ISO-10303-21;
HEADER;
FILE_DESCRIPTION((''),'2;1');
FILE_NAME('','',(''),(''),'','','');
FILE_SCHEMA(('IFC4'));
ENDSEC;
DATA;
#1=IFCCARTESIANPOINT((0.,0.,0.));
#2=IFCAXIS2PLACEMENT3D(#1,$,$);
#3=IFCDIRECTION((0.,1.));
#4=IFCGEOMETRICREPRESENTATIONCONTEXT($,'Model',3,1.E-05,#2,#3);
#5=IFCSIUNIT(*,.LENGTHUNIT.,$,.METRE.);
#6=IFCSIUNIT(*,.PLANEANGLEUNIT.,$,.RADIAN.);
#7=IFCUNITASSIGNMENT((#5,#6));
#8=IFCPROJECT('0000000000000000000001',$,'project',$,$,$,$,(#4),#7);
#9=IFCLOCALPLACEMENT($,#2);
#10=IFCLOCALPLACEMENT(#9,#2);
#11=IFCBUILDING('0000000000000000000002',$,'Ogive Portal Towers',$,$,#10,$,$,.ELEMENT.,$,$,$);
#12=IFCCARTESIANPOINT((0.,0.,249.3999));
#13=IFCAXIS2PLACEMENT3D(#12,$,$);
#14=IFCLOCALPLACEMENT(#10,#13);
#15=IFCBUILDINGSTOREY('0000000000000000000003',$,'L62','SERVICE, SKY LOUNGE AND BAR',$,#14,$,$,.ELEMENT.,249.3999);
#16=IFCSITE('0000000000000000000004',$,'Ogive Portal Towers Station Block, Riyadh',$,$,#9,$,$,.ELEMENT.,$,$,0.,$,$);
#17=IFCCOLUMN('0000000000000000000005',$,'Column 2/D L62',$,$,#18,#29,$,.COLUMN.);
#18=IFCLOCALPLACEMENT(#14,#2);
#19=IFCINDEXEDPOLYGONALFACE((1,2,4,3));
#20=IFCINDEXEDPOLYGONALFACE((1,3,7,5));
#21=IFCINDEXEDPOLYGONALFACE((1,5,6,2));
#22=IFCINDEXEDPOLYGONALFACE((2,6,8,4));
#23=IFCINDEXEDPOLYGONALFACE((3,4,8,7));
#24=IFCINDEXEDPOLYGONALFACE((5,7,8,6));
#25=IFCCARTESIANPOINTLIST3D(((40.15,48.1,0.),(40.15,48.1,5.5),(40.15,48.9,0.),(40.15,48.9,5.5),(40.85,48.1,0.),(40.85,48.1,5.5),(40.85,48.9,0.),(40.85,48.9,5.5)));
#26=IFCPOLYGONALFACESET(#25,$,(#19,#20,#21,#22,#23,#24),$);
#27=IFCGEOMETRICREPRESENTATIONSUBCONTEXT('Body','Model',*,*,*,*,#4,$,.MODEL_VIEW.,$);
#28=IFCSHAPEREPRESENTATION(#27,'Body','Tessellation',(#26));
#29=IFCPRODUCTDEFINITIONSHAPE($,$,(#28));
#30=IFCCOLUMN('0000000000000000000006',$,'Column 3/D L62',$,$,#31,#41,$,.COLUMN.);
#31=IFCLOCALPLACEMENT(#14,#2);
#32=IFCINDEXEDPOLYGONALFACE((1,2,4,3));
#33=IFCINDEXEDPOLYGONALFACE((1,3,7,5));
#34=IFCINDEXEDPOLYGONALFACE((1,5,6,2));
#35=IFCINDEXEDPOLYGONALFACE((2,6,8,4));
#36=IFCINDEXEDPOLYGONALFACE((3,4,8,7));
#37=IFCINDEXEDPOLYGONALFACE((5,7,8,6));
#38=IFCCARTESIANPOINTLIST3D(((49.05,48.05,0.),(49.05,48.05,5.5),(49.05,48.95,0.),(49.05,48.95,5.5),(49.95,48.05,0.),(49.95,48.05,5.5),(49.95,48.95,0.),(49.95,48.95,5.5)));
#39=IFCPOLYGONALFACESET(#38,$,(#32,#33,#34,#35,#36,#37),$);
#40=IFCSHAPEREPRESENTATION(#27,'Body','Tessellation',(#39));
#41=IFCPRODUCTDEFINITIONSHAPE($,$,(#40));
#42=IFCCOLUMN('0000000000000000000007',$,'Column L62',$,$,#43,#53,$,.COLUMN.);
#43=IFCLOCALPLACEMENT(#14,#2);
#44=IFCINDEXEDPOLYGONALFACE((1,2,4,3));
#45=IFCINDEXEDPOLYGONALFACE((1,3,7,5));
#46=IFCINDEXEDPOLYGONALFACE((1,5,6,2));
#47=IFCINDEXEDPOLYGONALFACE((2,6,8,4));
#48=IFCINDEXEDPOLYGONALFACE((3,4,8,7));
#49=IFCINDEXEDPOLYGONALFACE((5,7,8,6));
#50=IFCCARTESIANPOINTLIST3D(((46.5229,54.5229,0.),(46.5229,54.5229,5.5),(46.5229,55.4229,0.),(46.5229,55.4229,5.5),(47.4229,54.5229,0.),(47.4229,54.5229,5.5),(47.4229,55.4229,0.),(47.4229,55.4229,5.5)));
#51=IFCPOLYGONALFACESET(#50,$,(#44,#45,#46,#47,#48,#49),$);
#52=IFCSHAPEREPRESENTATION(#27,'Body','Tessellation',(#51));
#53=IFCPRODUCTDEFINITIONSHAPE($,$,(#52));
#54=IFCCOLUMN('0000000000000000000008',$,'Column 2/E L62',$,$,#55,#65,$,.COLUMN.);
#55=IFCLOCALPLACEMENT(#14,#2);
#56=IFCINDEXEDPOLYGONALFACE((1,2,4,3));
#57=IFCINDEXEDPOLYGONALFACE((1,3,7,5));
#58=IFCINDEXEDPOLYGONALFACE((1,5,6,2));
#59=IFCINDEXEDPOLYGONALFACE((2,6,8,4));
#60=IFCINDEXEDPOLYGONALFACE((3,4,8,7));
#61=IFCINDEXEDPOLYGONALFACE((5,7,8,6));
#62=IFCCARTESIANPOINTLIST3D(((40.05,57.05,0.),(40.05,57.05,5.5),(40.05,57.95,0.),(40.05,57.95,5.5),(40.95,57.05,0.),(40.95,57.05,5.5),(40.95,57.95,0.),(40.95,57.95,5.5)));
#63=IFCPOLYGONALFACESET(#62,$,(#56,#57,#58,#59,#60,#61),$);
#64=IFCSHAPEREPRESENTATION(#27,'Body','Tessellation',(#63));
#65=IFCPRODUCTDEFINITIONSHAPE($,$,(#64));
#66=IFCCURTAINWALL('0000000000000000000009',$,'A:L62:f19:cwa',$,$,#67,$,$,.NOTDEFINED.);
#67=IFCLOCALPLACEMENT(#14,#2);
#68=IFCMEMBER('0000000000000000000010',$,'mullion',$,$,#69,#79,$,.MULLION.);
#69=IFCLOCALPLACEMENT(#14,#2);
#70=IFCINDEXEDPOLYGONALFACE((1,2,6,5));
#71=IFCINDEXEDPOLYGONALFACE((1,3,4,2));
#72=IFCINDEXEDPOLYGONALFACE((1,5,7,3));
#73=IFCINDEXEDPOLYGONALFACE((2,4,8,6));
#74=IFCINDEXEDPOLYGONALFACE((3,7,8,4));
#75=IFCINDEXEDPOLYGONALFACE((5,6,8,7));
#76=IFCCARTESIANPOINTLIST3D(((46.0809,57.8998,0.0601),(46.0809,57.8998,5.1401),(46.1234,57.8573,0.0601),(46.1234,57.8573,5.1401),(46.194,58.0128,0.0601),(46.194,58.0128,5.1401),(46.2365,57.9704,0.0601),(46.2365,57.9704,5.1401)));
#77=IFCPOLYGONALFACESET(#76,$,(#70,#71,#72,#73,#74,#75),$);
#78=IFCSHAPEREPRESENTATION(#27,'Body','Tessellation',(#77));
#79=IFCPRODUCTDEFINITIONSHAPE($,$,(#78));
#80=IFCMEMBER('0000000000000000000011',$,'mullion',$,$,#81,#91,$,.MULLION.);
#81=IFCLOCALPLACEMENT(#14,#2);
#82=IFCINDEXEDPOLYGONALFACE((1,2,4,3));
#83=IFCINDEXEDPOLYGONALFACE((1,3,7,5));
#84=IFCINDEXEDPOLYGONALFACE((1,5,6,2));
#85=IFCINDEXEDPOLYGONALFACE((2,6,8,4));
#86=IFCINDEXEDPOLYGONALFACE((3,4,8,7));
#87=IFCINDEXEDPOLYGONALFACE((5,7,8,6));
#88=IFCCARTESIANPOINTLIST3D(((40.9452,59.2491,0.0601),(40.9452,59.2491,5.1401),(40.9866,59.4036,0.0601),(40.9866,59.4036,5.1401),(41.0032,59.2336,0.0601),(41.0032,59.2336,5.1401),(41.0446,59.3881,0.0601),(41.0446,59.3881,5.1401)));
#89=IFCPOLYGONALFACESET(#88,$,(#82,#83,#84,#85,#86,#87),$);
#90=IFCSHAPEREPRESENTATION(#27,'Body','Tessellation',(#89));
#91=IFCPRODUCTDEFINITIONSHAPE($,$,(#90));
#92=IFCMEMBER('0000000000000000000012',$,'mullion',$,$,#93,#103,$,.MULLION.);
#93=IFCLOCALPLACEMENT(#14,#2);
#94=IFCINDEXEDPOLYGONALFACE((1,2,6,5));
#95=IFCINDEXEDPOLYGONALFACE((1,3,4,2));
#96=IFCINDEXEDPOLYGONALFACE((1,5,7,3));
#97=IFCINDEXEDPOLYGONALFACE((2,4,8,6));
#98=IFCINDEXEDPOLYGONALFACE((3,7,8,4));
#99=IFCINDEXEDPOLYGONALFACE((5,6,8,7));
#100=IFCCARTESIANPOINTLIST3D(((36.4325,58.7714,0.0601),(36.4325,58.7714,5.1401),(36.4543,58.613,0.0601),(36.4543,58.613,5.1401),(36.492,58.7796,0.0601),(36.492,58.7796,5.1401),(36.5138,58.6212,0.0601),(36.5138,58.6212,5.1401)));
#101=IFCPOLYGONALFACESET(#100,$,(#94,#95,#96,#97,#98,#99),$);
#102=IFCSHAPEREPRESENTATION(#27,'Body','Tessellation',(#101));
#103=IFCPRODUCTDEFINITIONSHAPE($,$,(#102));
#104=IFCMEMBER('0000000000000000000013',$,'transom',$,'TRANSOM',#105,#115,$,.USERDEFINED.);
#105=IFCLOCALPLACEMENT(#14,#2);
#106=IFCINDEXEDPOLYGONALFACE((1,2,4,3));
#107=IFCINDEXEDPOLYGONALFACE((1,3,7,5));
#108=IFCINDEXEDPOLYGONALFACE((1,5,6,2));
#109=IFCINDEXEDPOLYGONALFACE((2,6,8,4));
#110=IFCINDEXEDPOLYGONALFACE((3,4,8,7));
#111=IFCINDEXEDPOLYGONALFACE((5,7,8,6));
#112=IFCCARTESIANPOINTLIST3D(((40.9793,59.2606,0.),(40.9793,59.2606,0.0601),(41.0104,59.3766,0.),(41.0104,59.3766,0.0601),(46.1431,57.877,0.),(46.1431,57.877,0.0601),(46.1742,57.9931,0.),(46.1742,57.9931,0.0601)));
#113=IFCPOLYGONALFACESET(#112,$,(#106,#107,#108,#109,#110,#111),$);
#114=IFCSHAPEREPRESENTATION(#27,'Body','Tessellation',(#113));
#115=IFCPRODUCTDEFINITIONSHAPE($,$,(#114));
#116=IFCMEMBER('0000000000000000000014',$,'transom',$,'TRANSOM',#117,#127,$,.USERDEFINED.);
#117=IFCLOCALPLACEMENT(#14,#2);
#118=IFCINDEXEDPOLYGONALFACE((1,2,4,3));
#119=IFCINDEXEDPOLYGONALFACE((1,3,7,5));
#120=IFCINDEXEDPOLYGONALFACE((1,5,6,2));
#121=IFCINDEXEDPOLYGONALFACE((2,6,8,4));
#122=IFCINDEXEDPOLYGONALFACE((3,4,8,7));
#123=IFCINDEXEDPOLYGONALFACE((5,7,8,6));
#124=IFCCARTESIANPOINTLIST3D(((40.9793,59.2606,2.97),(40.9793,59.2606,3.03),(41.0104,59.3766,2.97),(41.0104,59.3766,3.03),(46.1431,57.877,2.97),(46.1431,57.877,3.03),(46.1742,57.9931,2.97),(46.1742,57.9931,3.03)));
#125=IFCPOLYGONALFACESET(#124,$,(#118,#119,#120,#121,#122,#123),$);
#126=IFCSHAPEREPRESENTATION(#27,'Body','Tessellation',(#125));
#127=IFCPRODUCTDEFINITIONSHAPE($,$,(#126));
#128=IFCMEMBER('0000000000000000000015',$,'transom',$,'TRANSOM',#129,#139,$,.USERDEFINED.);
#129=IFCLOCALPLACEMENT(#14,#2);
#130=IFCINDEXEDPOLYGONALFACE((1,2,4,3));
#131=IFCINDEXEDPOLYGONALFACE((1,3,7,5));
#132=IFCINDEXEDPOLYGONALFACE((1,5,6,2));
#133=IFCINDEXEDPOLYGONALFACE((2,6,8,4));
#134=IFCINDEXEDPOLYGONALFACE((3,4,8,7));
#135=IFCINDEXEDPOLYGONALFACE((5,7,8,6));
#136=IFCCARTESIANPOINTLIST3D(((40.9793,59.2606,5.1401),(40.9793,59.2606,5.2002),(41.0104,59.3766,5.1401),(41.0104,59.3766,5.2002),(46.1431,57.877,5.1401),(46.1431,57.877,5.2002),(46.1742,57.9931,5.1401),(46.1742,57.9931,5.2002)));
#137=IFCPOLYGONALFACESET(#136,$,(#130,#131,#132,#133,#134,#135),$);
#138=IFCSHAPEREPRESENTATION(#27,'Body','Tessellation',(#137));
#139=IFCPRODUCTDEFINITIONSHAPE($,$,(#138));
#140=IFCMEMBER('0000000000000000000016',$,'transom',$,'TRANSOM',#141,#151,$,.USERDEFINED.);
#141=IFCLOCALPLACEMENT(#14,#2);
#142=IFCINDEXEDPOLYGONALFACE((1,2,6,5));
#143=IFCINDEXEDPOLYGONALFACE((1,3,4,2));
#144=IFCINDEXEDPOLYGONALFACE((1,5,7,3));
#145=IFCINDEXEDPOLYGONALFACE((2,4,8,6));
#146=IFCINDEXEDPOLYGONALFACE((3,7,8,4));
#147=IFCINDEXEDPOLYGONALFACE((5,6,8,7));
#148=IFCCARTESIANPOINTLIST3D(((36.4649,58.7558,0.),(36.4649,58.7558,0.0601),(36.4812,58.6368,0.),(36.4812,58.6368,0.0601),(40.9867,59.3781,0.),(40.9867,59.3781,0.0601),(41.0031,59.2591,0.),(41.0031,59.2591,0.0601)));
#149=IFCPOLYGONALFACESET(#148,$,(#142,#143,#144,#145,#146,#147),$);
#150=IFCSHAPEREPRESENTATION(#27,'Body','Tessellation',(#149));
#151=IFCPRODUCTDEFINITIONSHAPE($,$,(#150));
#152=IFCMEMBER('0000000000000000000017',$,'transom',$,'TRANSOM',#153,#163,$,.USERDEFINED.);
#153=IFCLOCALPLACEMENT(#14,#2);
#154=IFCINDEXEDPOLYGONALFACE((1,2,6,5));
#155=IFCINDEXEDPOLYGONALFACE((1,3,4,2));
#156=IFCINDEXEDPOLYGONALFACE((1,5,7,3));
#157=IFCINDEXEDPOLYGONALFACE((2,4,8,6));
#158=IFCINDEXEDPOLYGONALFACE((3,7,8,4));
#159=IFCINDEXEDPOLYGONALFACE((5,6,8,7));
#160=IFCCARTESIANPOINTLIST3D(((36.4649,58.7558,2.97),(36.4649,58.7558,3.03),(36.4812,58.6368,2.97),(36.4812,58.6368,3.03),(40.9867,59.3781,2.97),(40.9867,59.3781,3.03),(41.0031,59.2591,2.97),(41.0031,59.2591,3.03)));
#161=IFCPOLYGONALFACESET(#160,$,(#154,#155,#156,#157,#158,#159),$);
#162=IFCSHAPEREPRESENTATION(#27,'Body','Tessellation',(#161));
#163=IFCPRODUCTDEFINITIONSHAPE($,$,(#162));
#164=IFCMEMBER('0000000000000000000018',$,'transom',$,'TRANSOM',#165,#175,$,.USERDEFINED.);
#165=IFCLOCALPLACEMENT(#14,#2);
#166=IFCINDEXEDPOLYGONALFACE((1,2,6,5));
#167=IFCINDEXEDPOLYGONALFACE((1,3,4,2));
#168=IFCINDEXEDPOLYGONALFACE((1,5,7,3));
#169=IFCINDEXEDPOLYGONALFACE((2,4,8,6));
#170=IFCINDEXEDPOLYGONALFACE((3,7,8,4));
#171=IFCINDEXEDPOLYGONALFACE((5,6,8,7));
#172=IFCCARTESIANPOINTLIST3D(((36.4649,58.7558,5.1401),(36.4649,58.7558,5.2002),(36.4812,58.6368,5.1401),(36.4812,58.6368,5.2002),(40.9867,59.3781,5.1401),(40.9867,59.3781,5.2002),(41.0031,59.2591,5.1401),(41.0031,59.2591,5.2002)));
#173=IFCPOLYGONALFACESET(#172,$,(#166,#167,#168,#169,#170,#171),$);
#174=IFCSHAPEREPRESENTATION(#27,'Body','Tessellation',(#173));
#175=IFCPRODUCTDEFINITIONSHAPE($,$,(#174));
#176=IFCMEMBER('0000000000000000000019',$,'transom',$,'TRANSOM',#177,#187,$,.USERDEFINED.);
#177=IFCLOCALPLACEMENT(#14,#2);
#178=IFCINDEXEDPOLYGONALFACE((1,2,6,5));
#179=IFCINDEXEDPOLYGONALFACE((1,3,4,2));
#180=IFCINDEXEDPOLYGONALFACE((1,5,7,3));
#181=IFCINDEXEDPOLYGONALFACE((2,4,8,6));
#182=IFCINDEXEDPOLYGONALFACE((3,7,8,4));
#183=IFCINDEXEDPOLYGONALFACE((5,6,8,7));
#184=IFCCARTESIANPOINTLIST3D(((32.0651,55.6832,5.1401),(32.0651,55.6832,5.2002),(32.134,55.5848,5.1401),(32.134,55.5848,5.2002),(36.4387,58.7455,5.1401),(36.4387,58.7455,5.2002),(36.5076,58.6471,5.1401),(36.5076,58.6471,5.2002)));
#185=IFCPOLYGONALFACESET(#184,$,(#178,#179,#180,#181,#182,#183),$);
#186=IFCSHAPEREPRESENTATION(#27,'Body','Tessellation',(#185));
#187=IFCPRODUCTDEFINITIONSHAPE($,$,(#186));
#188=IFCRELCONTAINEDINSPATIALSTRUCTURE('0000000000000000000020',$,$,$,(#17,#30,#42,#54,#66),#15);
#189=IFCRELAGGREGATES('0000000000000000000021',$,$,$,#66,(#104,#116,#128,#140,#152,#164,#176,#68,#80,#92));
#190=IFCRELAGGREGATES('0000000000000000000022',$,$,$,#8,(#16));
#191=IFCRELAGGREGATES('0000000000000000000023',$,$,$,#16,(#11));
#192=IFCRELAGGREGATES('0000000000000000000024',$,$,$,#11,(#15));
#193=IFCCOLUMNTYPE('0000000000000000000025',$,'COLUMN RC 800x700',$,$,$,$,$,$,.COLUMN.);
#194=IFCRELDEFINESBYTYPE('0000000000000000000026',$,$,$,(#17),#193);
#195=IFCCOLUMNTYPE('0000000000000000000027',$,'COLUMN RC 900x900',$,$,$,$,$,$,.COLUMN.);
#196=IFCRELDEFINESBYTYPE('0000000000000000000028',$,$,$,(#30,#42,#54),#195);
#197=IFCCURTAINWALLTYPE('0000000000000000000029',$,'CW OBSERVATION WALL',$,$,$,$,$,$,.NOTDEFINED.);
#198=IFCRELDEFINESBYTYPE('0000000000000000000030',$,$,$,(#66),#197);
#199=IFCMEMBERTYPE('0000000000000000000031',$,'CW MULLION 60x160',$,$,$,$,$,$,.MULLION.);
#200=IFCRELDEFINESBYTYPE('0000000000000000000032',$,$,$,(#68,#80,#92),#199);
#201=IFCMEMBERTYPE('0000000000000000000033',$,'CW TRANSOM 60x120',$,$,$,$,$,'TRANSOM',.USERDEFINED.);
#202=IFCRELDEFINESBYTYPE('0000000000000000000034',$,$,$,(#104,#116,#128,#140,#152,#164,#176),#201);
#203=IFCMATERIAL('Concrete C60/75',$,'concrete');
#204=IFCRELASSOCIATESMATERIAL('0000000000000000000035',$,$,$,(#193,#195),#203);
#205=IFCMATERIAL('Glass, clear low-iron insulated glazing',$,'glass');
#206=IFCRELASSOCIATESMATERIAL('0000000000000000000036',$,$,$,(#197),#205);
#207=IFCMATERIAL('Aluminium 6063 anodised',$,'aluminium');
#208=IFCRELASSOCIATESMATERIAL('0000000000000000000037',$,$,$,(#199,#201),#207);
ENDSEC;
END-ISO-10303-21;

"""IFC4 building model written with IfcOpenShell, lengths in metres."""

from ifc_helpers import new_model, si_unit, direction, frame, origin, origin_2d, place, context, subcontext, project, spatial, rectangle, extrude, material, material_profile, profile_set, type_object, element, aggregate, save


model = new_model("IFC4")

# Units and contexts
model_context = context("Model", 3, precision=1e-05, world=origin(), true_north=direction((0.0, 1.0)))
body_context = subcontext(model_context, "Body", "Model", "MODEL_VIEW")
ifc_project = project(units=[si_unit("LENGTHUNIT", "METRE"), si_unit("PLANEANGLEUNIT", "RADIAN")], contexts=[model_context])

# Site, building, storey
site_placement = place(None, origin())
site = spatial("IfcSite", under=ifc_project, at=site_placement, Name="Ogive Portal Towers Station Block, Riyadh", CompositionType="ELEMENT", RefElevation=0.0)
building_placement = place(site_placement, origin())
building = spatial("IfcBuilding", under=site, at=building_placement, Name="Ogive Portal Towers", CompositionType="ELEMENT")
storey_placement = place(building_placement, frame((0.0, 0.0, 249.3999)))
storey = spatial("IfcBuildingStorey", under=building, at=storey_placement, Name="L62", Description="SERVICE, SKY LOUNGE AND BAR", CompositionType="ELEMENT", Elevation=249.3999)

# Columns
ifc_material_1 = material(Name="Concrete C60/75", Category="concrete")
ifc_material_profile_1 = material_profile(ifc_material_1, rectangle(XDim=0.8, YDim=0.7, at=origin_2d()), Name="RC 800x700")
ifc_profile_set_1 = profile_set([ifc_material_profile_1], Name="Concrete C60/75")
column_type_1 = type_object("IfcColumnType", Name="COLUMN RC 800x700", PredefinedType="COLUMN", material=ifc_profile_set_1)
column_placement = place(storey_placement, frame((40.5, 48.5, 0.0), z_axis=(0.0, 0.0, 1.0), x_axis=(0.0, 1.0, 0.0)))
element("IfcColumn", 1, at=column_placement, inside=storey, type_object=column_type_1, Name="Column 2/D L62", PredefinedType="COLUMN", context=body_context, shape_type="SweptSolid", body=[
    extrude(rectangle(XDim=0.8, YDim=0.7, at=origin_2d()), origin(), (0.0, 0.0, 1.0), 5.5),
])
ifc_material_profile_2 = material_profile(ifc_material_1, rectangle(XDim=0.8999, YDim=0.8999, at=origin_2d()), Name="RC 900x900")
ifc_profile_set_2 = profile_set([ifc_material_profile_2], Name="Concrete C60/75")
column_type_2 = type_object("IfcColumnType", Name="COLUMN RC 900x900", PredefinedType="COLUMN", material=ifc_profile_set_2)
for number, where, z_axis, x_axis, name in (
    (2, (49.5, 48.5, 0.0), (0.0, 0.0, 1.0), (1.0, 0.0, 0.0), "Column 3/D L62"),
    (3, (46.9729, 54.9729, 0.0), (0.0, 0.0, 1.0), (1.0, 0.0, 0.0), "Column L62"),
    (4, (40.5, 57.5, 0.0), (0.0, 0.0, 1.0), (1.0, 0.0, 0.0), "Column 2/E L62"),
):
    element("IfcColumn", number, at=place(storey_placement, frame(where, z_axis=z_axis, x_axis=x_axis)), inside=storey, type_object=column_type_2, Name=name, PredefinedType="COLUMN", context=body_context, shape_type="SweptSolid", body=[
        extrude(rectangle(XDim=0.8999, YDim=0.8999, at=origin_2d()), origin(), (0.0, 0.0, 1.0), 5.5),
    ])

# Curtain wall, members
ifc_material_2 = material(Name="Glass, clear low-iron insulated glazing", Category="glass")
curtain_wall_type = type_object("IfcCurtainWallType", Name="CW OBSERVATION WALL", PredefinedType="NOTDEFINED", material=ifc_material_2)
curtain_wall_placement = place(storey_placement, origin())
curtain_wall = element("IfcCurtainWall", 5, at=curtain_wall_placement, inside=storey, type_object=curtain_wall_type, Name="A:L62:f19:cwa", PredefinedType="NOTDEFINED")
ifc_material_3 = material(Name="Aluminium 6063 anodised", Category="aluminium")
ifc_material_profile_3 = material_profile(ifc_material_3, rectangle(XDim=0.1599, YDim=0.0601, at=origin_2d()), Name="AL 60x160")
ifc_profile_set_3 = profile_set([ifc_material_profile_3], Name="Aluminium 6063 anodised")
member_type_1 = type_object("IfcMemberType", Name="CW MULLION 60x160", PredefinedType="MULLION", material=ifc_profile_set_3)
member_1_placement = place(storey_placement, frame((46.1587, 57.9351, 0.0601), z_axis=(0.0, 0.0, 1.0), x_axis=(-0.707107, -0.707107, 0.0)))
member_1 = element("IfcMember", 6, at=member_1_placement, type_object=member_type_1, Name="mullion", PredefinedType="MULLION", context=body_context, shape_type="SweptSolid", body=[
    extrude(rectangle(XDim=0.1599, YDim=0.0601, at=origin_2d()), origin(), (0.0, 0.0, 1.0), 5.0801),
])
member_2_placement = place(storey_placement, frame((40.9949, 59.3186, 0.0601), z_axis=(0.0, 0.0, 1.0), x_axis=(-0.258819, -0.965926, 0.0)))
member_2 = element("IfcMember", 7, at=member_2_placement, type_object=member_type_1, Name="mullion", PredefinedType="MULLION", context=body_context, shape_type="SweptSolid", body=[
    extrude(rectangle(XDim=0.1599, YDim=0.0601, at=origin_2d()), origin(), (0.0, 0.0, 1.0), 5.0801),
])
member_3_placement = place(storey_placement, frame((36.4731, 58.6963, 0.0601), z_axis=(0.0, 0.0, 1.0), x_axis=(0.136348, -0.990661, 0.0)))
member_3 = element("IfcMember", 8, at=member_3_placement, type_object=member_type_1, Name="mullion", PredefinedType="MULLION", context=body_context, shape_type="SweptSolid", body=[
    extrude(rectangle(XDim=0.1599, YDim=0.0601, at=origin_2d()), origin(), (0.0, 0.0, 1.0), 5.0801),
])
ifc_material_profile_4 = material_profile(ifc_material_3, rectangle(XDim=0.1201, YDim=0.0601, at=origin_2d()), Name="AL 120x60")
ifc_profile_set_4 = profile_set([ifc_material_profile_4], Name="Aluminium 6063 anodised")
member_type_2 = type_object("IfcMemberType", Name="CW TRANSOM 60x120", ElementType="TRANSOM", PredefinedType="USERDEFINED", material=ifc_profile_set_4)
member_4_placement = place(storey_placement, frame((46.1587, 57.9351, 0.03), z_axis=(-0.96593, 0.258802, 0.0), x_axis=(-0.258802, -0.96593, 0.0)))
member_4 = element("IfcMember", 9, at=member_4_placement, type_object=member_type_2, Name="transom", ObjectType="TRANSOM", PredefinedType="USERDEFINED", context=body_context, shape_type="SweptSolid", body=[
    extrude(rectangle(XDim=0.1201, YDim=0.0601, at=origin_2d()), origin(), (0.0, 0.0, 1.0), 5.3459),
])
member_5_placement = place(storey_placement, frame((46.1587, 57.9351, 3.0), z_axis=(-0.96593, 0.258802, 0.0), x_axis=(-0.258802, -0.96593, 0.0)))
member_5 = element("IfcMember", 10, at=member_5_placement, type_object=member_type_2, Name="transom", ObjectType="TRANSOM", PredefinedType="USERDEFINED", context=body_context, shape_type="SweptSolid", body=[
    extrude(rectangle(XDim=0.1201, YDim=0.0601, at=origin_2d()), origin(), (0.0, 0.0, 1.0), 5.3459),
])
member_6_placement = place(storey_placement, frame((46.1587, 57.9351, 5.1702), z_axis=(-0.96593, 0.258802, 0.0), x_axis=(-0.258802, -0.96593, 0.0)))
member_6 = element("IfcMember", 11, at=member_6_placement, type_object=member_type_2, Name="transom", ObjectType="TRANSOM", PredefinedType="USERDEFINED", context=body_context, shape_type="SweptSolid", body=[
    extrude(rectangle(XDim=0.1201, YDim=0.0601, at=origin_2d()), origin(), (0.0, 0.0, 1.0), 5.3459),
])
member_7_placement = place(storey_placement, frame((40.9949, 59.3186, 0.03), z_axis=(-0.990662, -0.136342, 0.0), x_axis=(0.136342, -0.990662, 0.0)))
member_7 = element("IfcMember", 12, at=member_7_placement, type_object=member_type_2, Name="transom", ObjectType="TRANSOM", PredefinedType="USERDEFINED", context=body_context, shape_type="SweptSolid", body=[
    extrude(rectangle(XDim=0.1201, YDim=0.0601, at=origin_2d()), origin(), (0.0, 0.0, 1.0), 4.5645),
])
member_8_placement = place(storey_placement, frame((40.9949, 59.3186, 3.0), z_axis=(-0.990662, -0.136342, 0.0), x_axis=(0.136342, -0.990662, 0.0)))
member_8 = element("IfcMember", 13, at=member_8_placement, type_object=member_type_2, Name="transom", ObjectType="TRANSOM", PredefinedType="USERDEFINED", context=body_context, shape_type="SweptSolid", body=[
    extrude(rectangle(XDim=0.1201, YDim=0.0601, at=origin_2d()), origin(), (0.0, 0.0, 1.0), 4.5645),
])
member_9_placement = place(storey_placement, frame((40.9949, 59.3186, 5.1702), z_axis=(-0.990662, -0.136342, 0.0), x_axis=(0.136342, -0.990662, 0.0)))
member_9 = element("IfcMember", 14, at=member_9_placement, type_object=member_type_2, Name="transom", ObjectType="TRANSOM", PredefinedType="USERDEFINED", context=body_context, shape_type="SweptSolid", body=[
    extrude(rectangle(XDim=0.1201, YDim=0.0601, at=origin_2d()), origin(), (0.0, 0.0, 1.0), 4.5645),
])
member_10_placement = place(storey_placement, frame((36.4731, 58.6963, 5.1702), z_axis=(-0.819163, -0.573561, 0.0), x_axis=(0.573561, -0.819163, 0.0)))
member_10 = element("IfcMember", 15, at=member_10_placement, type_object=member_type_2, Name="transom", ObjectType="TRANSOM", PredefinedType="USERDEFINED", context=body_context, shape_type="SweptSolid", body=[
    extrude(rectangle(XDim=0.1201, YDim=0.0601, at=origin_2d()), origin(), (0.0, 0.0, 1.0), 5.3391),
])
aggregate(curtain_wall, [member_4, member_5, member_6, member_7, member_8, member_9, member_10, member_1, member_2, member_3])

save(model, "model.ifc")
